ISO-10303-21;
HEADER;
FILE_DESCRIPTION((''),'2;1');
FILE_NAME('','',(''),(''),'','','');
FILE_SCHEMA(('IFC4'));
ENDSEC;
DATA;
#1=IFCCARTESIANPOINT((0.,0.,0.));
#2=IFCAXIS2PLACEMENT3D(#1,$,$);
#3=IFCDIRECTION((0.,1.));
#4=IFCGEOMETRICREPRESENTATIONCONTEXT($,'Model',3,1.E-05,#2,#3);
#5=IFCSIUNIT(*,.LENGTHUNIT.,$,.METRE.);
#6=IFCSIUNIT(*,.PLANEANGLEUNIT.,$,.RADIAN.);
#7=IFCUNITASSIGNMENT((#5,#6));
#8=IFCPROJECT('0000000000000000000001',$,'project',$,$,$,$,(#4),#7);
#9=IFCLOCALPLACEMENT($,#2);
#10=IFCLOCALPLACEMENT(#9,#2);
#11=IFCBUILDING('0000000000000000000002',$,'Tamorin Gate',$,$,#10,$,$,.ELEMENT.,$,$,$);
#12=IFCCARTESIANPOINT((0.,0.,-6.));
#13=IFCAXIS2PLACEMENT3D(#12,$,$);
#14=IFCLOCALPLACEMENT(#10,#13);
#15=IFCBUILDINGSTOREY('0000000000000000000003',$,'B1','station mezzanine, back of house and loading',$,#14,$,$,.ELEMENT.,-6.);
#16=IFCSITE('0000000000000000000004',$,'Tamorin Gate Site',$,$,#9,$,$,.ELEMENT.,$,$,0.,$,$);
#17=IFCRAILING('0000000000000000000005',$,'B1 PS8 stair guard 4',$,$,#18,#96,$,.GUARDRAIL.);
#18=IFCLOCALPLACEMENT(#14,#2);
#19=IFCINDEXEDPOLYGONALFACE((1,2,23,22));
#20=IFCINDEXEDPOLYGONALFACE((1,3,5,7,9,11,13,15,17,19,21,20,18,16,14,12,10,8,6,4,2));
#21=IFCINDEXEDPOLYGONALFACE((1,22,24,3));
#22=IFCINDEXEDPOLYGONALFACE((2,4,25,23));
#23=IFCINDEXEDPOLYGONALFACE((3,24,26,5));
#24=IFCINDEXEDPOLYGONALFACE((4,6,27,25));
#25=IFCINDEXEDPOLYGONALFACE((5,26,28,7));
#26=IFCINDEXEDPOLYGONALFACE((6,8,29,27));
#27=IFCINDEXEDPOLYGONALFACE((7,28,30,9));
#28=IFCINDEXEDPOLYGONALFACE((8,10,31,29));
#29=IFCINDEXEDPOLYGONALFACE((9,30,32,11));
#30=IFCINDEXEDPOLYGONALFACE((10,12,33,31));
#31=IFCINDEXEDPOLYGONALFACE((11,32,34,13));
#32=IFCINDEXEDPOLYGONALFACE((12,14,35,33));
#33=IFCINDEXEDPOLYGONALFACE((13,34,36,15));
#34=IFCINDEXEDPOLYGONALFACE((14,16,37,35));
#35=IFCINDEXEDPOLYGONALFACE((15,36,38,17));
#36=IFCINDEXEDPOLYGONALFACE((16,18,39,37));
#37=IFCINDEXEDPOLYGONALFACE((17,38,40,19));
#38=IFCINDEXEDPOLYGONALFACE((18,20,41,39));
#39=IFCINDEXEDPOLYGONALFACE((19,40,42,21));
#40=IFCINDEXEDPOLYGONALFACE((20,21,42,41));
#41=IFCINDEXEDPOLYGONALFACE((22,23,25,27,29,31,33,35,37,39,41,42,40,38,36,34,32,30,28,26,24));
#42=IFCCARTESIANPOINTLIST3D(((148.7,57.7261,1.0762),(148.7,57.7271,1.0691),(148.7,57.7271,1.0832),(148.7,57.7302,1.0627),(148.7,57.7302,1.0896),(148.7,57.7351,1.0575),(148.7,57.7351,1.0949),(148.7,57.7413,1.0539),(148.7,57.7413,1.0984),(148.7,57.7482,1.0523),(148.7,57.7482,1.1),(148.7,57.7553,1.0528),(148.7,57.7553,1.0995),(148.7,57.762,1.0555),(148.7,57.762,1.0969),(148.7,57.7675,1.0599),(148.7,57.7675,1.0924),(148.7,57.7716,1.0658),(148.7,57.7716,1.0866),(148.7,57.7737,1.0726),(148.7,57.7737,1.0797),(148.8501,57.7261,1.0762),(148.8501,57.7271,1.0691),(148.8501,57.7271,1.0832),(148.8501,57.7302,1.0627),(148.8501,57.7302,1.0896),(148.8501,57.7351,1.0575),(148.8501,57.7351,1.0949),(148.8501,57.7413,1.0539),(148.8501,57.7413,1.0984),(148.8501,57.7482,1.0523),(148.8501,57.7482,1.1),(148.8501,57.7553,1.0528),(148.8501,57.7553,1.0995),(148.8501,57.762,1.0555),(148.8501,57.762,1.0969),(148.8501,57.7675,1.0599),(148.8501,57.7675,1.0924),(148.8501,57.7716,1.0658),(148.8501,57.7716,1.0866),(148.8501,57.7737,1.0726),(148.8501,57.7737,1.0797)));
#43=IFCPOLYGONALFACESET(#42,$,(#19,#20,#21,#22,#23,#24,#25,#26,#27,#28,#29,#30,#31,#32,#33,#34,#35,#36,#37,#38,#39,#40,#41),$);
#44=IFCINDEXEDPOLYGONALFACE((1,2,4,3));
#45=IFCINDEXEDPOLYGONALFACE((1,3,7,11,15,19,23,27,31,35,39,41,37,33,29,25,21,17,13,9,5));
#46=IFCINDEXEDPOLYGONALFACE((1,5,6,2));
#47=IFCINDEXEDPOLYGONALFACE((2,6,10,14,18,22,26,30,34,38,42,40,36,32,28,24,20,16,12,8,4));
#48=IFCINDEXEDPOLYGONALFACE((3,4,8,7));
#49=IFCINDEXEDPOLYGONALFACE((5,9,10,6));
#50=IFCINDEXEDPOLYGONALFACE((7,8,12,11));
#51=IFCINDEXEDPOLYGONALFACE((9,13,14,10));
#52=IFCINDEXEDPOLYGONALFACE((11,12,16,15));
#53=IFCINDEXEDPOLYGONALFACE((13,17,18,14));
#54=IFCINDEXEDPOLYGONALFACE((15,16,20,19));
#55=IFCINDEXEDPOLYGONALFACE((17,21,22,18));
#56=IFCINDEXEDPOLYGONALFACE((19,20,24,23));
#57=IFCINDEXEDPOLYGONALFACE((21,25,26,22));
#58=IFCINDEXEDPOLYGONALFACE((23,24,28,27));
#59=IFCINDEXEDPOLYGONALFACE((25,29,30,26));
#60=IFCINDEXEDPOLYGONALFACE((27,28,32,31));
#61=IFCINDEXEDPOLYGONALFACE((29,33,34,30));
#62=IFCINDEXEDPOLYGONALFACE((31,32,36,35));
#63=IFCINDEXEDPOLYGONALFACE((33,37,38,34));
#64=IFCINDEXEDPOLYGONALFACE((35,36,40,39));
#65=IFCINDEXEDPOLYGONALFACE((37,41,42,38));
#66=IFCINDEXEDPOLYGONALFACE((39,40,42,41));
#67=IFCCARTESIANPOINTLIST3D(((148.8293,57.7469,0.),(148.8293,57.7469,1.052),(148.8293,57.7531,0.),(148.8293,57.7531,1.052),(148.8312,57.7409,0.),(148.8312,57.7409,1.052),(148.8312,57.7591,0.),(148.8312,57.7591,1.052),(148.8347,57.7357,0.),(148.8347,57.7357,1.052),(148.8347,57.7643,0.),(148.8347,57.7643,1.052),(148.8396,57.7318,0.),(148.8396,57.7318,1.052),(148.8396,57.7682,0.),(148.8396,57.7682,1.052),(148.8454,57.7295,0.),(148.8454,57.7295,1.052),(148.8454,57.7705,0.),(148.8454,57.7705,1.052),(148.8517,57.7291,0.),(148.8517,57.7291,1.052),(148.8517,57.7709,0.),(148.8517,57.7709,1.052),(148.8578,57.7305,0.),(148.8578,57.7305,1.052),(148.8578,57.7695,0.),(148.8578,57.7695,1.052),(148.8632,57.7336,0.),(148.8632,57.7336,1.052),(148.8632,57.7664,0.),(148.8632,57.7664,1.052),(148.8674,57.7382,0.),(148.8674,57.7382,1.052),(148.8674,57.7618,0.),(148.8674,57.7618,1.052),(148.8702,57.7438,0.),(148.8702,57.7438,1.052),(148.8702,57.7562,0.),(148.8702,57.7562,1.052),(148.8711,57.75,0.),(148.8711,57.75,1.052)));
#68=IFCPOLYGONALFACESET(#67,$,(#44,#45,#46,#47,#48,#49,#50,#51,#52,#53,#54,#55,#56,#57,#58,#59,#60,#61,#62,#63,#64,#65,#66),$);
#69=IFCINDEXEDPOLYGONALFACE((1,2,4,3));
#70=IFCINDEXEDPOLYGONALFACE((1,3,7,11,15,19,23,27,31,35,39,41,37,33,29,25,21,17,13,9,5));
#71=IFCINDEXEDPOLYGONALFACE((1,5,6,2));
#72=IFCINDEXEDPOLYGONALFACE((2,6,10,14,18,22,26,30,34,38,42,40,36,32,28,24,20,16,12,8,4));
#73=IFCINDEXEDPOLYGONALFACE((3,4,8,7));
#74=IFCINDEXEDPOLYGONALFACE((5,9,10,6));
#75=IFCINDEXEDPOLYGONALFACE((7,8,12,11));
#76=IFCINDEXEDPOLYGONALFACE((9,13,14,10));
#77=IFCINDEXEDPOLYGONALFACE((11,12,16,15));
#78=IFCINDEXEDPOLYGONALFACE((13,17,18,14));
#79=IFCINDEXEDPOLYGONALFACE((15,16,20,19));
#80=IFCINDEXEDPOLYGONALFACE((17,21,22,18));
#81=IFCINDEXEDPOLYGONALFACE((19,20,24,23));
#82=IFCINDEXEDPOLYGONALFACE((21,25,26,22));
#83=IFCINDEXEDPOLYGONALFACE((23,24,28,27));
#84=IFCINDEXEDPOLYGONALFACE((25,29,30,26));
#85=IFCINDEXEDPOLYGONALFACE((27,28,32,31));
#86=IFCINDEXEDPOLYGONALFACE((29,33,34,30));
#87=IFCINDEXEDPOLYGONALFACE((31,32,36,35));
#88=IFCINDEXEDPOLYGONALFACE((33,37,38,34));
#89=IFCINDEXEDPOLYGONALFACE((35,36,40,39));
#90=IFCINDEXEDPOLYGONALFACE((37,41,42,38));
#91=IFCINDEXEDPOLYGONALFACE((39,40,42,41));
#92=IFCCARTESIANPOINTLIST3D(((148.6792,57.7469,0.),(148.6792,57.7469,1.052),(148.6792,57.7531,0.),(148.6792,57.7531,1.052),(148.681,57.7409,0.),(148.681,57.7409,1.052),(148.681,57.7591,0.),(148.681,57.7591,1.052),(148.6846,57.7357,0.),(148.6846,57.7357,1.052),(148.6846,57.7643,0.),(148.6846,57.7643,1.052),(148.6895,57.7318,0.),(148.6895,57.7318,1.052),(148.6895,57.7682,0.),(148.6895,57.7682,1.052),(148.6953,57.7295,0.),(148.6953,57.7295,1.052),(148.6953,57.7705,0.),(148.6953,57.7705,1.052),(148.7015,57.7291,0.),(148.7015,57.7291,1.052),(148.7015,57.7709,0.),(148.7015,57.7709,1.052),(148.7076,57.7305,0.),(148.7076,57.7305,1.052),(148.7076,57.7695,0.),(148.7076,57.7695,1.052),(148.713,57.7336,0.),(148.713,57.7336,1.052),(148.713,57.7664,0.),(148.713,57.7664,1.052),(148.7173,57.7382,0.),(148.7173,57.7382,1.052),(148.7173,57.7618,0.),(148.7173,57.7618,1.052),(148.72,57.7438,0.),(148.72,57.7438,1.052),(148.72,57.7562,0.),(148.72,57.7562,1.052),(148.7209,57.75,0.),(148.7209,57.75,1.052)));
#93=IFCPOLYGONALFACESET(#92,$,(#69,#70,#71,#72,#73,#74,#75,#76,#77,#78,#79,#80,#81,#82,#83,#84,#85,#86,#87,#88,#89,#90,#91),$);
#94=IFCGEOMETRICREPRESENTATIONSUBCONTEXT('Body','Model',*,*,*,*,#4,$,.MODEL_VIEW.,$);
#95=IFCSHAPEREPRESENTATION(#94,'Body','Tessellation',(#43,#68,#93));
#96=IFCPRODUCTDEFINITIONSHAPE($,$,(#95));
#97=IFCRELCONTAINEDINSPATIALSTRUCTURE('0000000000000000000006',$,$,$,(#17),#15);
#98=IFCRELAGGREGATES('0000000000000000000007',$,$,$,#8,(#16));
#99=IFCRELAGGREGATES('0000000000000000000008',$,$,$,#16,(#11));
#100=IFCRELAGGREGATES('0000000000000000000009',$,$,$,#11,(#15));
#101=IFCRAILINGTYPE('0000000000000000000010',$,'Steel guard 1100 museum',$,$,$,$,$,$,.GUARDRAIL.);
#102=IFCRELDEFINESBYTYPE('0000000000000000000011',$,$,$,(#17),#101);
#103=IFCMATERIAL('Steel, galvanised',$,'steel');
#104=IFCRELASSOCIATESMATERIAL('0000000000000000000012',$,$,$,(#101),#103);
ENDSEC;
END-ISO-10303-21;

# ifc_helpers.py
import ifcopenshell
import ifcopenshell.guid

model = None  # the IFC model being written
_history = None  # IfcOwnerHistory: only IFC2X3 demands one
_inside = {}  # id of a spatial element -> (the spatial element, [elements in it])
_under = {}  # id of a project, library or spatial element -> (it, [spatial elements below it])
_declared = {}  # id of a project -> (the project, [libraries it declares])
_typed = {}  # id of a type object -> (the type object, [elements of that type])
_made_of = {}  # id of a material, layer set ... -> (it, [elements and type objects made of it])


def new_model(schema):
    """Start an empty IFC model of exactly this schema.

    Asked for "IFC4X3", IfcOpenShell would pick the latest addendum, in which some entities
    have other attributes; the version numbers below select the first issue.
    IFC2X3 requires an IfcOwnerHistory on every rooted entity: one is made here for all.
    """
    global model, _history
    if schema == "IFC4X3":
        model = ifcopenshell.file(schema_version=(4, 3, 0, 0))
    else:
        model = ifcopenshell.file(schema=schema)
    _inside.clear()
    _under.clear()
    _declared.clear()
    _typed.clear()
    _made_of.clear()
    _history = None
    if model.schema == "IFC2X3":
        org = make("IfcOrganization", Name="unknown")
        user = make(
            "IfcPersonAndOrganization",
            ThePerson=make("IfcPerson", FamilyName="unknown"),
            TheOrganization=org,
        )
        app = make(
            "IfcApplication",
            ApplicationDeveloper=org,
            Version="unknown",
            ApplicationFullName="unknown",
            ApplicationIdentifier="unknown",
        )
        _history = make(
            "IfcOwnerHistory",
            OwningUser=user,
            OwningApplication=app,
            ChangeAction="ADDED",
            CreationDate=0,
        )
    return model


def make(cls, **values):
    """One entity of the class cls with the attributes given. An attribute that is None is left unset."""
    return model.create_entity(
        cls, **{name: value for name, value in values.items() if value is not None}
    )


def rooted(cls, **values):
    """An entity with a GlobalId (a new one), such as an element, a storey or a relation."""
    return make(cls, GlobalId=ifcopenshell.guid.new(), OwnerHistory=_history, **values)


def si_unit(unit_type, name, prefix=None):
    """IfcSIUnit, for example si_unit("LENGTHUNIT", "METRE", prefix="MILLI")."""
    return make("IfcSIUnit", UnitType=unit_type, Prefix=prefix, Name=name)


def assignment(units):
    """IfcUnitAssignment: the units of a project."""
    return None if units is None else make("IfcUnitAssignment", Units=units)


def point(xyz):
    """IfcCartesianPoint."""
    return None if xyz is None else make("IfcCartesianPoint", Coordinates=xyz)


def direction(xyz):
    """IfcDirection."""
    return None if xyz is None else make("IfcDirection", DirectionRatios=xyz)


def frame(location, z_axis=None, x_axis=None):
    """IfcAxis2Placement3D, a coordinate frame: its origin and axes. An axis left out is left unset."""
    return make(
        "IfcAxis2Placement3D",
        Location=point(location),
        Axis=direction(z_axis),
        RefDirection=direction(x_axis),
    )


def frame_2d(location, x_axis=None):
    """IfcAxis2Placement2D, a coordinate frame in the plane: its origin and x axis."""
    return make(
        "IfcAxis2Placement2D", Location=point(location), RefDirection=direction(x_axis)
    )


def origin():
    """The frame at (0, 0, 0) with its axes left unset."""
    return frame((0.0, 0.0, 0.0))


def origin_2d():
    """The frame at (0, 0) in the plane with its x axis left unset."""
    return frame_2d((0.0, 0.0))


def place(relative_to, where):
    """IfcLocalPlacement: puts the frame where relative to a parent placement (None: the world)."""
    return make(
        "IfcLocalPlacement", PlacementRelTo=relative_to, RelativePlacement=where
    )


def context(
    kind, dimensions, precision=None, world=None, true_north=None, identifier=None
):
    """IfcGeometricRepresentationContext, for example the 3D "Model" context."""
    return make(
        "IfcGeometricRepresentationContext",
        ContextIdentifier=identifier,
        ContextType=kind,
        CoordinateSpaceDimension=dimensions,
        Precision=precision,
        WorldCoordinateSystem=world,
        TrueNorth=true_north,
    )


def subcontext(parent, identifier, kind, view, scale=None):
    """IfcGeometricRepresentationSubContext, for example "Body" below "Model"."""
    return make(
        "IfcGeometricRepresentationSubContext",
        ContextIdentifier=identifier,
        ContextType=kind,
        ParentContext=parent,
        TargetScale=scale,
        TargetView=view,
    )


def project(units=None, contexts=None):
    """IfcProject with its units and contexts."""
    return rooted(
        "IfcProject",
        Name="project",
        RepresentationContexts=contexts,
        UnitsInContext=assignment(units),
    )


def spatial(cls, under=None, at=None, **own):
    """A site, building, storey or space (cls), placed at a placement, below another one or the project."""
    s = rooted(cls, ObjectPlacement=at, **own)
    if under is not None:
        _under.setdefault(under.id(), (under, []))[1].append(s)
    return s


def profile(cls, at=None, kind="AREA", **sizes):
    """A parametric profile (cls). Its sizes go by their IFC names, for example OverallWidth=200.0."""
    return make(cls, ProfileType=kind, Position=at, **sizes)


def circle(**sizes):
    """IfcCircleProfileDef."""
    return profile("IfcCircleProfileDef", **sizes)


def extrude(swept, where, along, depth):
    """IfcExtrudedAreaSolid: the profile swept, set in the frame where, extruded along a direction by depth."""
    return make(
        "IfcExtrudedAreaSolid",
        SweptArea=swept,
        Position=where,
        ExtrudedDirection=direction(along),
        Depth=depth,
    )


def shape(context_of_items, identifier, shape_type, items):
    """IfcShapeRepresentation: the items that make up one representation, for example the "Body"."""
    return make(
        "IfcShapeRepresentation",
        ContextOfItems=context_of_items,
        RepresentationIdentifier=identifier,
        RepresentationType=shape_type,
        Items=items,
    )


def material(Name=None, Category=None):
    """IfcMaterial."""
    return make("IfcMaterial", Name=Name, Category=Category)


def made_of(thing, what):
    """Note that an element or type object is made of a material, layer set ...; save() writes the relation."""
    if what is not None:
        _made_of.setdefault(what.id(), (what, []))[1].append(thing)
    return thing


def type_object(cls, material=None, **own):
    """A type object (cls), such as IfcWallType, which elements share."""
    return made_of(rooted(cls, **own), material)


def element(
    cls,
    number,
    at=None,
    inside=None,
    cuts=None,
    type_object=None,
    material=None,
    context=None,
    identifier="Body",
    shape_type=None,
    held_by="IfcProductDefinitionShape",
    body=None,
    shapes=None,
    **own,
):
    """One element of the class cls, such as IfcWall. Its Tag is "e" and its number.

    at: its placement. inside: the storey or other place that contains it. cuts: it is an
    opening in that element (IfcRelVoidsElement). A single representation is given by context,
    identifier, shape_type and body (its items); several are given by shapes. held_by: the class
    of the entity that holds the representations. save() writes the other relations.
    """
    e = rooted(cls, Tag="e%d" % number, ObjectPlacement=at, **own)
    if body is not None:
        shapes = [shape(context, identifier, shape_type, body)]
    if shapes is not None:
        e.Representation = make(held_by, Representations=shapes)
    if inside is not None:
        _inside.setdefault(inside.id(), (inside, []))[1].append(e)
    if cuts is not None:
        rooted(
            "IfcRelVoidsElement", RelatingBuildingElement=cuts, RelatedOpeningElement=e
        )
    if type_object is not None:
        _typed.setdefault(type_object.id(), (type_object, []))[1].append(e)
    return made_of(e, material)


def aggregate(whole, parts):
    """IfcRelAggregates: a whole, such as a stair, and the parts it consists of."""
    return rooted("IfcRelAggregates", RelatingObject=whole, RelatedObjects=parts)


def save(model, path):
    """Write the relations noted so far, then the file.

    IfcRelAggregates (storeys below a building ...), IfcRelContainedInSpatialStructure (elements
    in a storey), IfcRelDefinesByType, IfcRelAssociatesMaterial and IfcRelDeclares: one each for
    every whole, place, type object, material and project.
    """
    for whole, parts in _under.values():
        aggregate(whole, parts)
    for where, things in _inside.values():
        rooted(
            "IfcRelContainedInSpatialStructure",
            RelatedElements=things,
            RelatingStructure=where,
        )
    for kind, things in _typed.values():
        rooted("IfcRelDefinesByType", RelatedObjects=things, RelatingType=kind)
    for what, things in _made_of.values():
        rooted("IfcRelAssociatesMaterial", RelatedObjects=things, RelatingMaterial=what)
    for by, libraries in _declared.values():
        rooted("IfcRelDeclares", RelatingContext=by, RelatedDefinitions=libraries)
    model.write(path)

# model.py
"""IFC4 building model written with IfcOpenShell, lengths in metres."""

from ifc_helpers import new_model, si_unit, direction, frame, origin, origin_2d, place, context, subcontext, project, spatial, circle, extrude, material, type_object, element, save


model = new_model("IFC4")

# Units and contexts
model_context = context("Model", 3, precision=1e-05, world=origin(), true_north=direction((0.0, 1.0)))
body_context = subcontext(model_context, "Body", "Model", "MODEL_VIEW")
ifc_project = project(units=[si_unit("LENGTHUNIT", "METRE"), si_unit("PLANEANGLEUNIT", "RADIAN")], contexts=[model_context])

# Site, building, storey
site_placement = place(None, origin())
site = spatial("IfcSite", under=ifc_project, at=site_placement, Name="Tamorin Gate Site", CompositionType="ELEMENT", RefElevation=0.0)
building_placement = place(site_placement, origin())
building = spatial("IfcBuilding", under=site, at=building_placement, Name="Tamorin Gate", CompositionType="ELEMENT")
storey_placement = place(building_placement, frame((0.0, 0.0, -6.0)))
storey = spatial("IfcBuildingStorey", under=building, at=storey_placement, Name="B1", Description="station mezzanine, back of house and loading", CompositionType="ELEMENT", Elevation=-6.0)

# Railing
ifc_material_1 = material(Name="Steel, galvanised", Category="steel")
railing_type_1 = type_object("IfcRailingType", Name="Steel guard 1100 museum", PredefinedType="GUARDRAIL", material=ifc_material_1)
railing_1_placement = place(storey_placement, frame((148.8501, 57.75, 0.0)))
element("IfcRailing", 1, at=railing_1_placement, inside=storey, type_object=railing_type_1, Name="B1 PS8 stair guard 4", PredefinedType="GUARDRAIL", context=body_context, shape_type="SweptSolid", body=[
    extrude(circle(Radius=0.0239, at=origin_2d()), frame((0.0, 0.0, 1.0762), z_axis=(-1.0, 0.0, 0.0), x_axis=(0.0, -1.0, 0.0)), (0.0, 0.0, 1.0), 0.1501),
    extrude(circle(Radius=0.021, at=origin_2d()), origin(), (0.0, 0.0, 1.0), 1.052),
    extrude(circle(Radius=0.021, at=origin_2d()), frame((-0.1501, 0.0, 0.0)), (0.0, 0.0, 1.0), 1.052),
])

save(model, "model.ifc")
